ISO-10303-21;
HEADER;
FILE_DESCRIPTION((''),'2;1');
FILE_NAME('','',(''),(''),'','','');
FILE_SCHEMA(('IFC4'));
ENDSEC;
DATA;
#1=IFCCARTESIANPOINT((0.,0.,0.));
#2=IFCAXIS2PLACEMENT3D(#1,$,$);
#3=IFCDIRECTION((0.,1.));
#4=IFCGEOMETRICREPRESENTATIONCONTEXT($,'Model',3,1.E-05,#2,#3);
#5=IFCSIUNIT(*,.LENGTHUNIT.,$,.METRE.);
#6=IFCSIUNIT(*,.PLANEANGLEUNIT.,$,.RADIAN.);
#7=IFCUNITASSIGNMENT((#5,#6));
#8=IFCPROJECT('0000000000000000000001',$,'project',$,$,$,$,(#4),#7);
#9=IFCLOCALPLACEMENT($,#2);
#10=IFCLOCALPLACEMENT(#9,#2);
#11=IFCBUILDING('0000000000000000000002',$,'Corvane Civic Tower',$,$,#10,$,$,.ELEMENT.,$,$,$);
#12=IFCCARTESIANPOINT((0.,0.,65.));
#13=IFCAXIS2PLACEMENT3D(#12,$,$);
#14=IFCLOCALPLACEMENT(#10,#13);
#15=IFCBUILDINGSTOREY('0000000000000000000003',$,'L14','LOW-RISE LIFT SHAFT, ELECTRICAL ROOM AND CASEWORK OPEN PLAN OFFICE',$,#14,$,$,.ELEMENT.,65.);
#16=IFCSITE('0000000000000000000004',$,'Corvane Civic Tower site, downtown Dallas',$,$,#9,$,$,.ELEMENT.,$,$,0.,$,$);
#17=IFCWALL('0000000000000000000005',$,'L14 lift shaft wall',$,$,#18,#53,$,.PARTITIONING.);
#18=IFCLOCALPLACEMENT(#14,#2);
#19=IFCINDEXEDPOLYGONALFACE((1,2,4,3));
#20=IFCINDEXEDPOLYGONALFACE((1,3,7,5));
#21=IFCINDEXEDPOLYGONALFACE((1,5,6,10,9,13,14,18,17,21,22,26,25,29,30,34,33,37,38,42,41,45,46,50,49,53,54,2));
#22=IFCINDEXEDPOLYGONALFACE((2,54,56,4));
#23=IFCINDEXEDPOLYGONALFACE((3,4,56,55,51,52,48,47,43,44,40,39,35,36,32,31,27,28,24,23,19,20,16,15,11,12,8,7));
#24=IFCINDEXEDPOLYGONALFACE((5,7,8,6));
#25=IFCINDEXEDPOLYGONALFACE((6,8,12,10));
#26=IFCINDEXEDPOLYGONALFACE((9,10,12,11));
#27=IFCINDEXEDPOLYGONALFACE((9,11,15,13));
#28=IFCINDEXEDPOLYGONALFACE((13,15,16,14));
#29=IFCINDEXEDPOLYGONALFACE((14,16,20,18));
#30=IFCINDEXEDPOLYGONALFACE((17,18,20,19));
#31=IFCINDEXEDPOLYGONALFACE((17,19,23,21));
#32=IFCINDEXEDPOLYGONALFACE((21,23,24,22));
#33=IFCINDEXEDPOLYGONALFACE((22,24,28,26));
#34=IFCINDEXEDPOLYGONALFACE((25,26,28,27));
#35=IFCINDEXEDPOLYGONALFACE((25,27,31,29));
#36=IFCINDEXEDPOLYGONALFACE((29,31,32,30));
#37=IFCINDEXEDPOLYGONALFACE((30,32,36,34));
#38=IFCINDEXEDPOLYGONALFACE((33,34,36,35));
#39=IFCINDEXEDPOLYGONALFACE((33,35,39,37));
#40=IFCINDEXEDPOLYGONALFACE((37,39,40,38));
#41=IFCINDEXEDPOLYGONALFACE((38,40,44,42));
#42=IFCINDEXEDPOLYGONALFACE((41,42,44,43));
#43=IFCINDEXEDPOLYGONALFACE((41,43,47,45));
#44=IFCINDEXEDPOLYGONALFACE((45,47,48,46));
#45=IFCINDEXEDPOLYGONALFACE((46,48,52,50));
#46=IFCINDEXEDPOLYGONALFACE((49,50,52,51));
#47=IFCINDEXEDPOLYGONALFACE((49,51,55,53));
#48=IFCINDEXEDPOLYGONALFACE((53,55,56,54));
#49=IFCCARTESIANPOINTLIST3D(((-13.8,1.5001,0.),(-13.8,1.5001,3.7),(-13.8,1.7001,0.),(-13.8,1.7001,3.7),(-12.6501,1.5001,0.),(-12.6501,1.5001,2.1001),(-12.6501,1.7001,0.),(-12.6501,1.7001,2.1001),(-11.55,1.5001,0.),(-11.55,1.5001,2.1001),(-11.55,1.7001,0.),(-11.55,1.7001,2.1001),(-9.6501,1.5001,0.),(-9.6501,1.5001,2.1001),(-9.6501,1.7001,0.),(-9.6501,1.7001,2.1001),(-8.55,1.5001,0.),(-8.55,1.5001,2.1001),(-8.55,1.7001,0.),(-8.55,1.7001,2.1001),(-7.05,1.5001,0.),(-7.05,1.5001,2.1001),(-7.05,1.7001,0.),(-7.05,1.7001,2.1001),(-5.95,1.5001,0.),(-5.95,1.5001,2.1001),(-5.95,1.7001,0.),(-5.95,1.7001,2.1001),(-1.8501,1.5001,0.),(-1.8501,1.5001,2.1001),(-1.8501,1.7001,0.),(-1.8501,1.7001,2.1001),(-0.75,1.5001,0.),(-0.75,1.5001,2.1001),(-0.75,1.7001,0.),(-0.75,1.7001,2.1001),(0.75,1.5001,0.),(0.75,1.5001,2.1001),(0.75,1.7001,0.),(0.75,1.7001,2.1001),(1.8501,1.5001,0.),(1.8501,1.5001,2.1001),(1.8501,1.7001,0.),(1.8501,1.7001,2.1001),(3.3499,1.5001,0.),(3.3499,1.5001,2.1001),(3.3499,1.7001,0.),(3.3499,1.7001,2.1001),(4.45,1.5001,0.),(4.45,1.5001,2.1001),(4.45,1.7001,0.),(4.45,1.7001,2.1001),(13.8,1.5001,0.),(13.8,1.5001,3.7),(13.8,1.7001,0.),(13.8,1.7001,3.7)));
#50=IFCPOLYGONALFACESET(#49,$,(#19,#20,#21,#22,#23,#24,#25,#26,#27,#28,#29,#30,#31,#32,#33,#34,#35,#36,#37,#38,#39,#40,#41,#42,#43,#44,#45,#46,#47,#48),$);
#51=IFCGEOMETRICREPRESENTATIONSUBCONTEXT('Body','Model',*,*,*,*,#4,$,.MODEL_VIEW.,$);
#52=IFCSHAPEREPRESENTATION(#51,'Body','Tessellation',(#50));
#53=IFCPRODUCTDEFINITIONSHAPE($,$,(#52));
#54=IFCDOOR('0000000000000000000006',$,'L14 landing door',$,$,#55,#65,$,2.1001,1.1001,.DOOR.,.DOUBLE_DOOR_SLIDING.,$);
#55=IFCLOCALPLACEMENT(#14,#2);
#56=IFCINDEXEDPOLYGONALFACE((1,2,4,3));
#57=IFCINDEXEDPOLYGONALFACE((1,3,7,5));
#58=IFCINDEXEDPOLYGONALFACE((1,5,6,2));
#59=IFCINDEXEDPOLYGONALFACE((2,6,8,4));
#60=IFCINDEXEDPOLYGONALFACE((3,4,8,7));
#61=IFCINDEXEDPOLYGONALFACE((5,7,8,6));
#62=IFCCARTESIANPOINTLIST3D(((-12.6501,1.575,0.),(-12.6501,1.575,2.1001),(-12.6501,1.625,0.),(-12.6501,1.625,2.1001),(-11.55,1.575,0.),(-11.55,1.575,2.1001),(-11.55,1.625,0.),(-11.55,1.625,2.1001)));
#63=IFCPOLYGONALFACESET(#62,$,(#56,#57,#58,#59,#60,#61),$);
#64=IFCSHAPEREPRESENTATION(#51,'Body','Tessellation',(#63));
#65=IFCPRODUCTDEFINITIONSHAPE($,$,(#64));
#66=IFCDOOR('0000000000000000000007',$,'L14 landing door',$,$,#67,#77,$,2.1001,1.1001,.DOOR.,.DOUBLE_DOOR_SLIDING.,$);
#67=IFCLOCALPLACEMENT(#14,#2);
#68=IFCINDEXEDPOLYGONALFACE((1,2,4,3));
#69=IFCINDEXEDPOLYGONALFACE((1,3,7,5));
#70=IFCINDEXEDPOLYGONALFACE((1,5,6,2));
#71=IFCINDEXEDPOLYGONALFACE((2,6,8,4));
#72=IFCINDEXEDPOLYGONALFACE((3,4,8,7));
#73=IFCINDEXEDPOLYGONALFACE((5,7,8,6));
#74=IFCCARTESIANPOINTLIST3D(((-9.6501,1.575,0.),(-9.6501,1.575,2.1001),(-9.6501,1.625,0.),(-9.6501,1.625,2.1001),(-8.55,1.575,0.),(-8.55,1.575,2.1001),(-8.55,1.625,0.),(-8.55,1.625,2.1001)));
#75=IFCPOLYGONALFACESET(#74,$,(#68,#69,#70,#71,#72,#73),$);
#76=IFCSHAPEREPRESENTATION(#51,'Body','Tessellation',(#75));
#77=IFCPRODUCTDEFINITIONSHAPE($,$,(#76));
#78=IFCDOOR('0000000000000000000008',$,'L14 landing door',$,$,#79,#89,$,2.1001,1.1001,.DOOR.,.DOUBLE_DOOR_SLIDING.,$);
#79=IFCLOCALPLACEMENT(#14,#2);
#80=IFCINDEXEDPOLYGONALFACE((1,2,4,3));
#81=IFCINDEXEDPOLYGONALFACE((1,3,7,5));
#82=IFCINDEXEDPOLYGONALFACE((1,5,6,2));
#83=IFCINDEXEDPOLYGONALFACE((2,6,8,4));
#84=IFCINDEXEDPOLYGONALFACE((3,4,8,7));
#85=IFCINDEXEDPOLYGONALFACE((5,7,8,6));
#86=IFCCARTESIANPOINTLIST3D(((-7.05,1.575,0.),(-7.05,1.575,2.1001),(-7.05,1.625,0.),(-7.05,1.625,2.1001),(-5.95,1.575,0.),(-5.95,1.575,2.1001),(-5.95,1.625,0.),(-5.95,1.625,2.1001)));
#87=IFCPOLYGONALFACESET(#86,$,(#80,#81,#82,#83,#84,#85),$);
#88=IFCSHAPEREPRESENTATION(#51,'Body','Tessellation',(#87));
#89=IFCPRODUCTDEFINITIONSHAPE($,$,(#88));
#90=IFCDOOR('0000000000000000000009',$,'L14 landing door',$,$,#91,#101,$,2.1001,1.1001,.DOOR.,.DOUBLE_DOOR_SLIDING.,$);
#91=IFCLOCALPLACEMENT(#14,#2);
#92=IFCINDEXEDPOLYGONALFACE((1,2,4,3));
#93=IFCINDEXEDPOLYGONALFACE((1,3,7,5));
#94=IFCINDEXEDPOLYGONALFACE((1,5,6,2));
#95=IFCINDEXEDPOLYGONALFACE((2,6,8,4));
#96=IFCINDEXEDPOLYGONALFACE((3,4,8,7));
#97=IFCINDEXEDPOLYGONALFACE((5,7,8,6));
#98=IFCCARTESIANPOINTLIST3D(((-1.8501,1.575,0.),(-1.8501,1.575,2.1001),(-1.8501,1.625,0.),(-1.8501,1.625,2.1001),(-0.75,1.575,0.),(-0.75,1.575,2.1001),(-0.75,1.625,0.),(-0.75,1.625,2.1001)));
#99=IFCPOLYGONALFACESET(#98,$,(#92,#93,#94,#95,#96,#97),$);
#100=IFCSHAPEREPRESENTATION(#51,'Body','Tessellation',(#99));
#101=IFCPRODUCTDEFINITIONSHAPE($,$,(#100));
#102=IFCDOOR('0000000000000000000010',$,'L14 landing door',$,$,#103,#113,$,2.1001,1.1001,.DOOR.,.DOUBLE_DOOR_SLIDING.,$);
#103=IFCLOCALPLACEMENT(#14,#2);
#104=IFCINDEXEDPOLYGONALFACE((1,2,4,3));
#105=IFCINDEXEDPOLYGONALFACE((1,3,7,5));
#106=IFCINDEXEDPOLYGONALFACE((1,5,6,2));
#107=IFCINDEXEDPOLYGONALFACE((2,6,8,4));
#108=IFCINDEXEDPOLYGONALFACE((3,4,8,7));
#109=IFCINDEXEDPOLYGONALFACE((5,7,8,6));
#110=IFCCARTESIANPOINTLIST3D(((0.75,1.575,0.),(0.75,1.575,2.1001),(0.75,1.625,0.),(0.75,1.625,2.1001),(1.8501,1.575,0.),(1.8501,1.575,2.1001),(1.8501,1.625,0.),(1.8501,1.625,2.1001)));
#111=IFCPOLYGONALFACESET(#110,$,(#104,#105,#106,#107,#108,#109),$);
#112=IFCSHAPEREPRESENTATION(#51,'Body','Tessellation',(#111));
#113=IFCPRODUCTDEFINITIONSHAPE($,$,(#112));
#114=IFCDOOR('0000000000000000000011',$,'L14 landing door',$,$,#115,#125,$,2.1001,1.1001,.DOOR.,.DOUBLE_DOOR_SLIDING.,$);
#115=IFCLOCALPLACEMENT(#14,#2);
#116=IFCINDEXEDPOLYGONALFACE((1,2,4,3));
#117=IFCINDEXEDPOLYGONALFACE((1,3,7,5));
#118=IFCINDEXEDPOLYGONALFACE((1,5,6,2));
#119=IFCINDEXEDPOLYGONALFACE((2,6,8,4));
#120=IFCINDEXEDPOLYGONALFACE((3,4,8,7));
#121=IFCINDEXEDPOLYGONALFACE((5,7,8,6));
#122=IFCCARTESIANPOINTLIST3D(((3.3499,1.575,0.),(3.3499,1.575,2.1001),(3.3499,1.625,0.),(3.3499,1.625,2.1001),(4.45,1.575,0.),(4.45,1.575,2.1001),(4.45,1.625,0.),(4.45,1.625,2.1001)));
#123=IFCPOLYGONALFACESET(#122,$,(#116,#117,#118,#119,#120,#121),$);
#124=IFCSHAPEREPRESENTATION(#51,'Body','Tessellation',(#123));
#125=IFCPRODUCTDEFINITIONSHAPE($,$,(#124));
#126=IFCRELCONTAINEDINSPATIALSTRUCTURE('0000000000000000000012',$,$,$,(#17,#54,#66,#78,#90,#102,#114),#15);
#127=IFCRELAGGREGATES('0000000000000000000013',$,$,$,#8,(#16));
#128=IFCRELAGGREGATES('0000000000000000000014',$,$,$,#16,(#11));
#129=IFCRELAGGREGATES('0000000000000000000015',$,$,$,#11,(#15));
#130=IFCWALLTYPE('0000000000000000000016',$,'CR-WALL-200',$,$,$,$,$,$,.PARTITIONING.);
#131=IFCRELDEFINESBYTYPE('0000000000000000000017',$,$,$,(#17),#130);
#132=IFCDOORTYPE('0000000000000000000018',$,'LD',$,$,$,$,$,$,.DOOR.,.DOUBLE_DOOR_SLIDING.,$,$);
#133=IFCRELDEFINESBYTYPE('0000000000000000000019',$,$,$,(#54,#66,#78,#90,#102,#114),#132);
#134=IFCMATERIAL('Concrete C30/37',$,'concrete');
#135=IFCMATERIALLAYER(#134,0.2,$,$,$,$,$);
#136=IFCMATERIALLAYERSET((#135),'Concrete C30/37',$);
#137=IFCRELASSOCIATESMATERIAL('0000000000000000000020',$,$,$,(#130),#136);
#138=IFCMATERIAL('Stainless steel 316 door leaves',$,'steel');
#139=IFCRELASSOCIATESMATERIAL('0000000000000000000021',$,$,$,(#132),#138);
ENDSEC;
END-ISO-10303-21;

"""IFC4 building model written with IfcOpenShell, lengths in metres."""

from ifc_helpers import new_model, si_unit, direction, frame, frame_2d, origin, place, context, subcontext, project, spatial, rectangle, extrude, material, layer, layer_set, type_object, element, fill, save


model = new_model("IFC4")

# Units and contexts
model_context = context("Model", 3, precision=1e-05, world=origin(), true_north=direction((0.0, 1.0)))
body_context = subcontext(model_context, "Body", "Model", "MODEL_VIEW")
ifc_project = project(units=[si_unit("LENGTHUNIT", "METRE"), si_unit("PLANEANGLEUNIT", "RADIAN")], contexts=[model_context])

# Site, building, storey
site_placement = place(None, origin())
site = spatial("IfcSite", under=ifc_project, at=site_placement, Name="Corvane Civic Tower site, downtown Dallas", CompositionType="ELEMENT", RefElevation=0.0)
building_placement = place(site_placement, origin())
building = spatial("IfcBuilding", under=site, at=building_placement, Name="Corvane Civic Tower", CompositionType="ELEMENT")
storey_placement = place(building_placement, frame((0.0, 0.0, 65.0)))
storey = spatial("IfcBuildingStorey", under=building, at=storey_placement, Name="L14", Description="LOW-RISE LIFT SHAFT, ELECTRICAL ROOM AND CASEWORK OPEN PLAN OFFICE", CompositionType="ELEMENT", Elevation=65.0)

# Wall, openings, doors
ifc_material_1 = material(Name="Concrete C30/37", Category="concrete")
ifc_layer_1 = layer(ifc_material_1, 0.2)
ifc_layer_set_1 = layer_set([ifc_layer_1], Name="Concrete C30/37")
wall_type_1 = type_object("IfcWallType", Name="CR-WALL-200", PredefinedType="PARTITIONING", material=ifc_layer_set_1)
wall_1_placement = place(storey_placement, frame((-13.8, 1.6001, 0.0), z_axis=(0.0, 0.0, 1.0), x_axis=(1.0, 0.0, 0.0)))
wall_1 = element("IfcWall", 1, at=wall_1_placement, inside=storey, type_object=wall_type_1, Name="L14 lift shaft wall", PredefinedType="PARTITIONING", context=body_context, shape_type="SweptSolid", body=[
    extrude(rectangle(XDim=27.6001, YDim=0.2, at=frame_2d((13.8, 0.0))), origin(), (0.0, 0.0, 1.0), 3.7),
])
opening_1_placement = place(wall_1_placement, frame((1.1499, 0.0, 0.0)))
opening_1 = element("IfcOpeningElement", 2, at=opening_1_placement, cuts=wall_1, PredefinedType="OPENING", context=body_context, shape_type="SweptSolid", body=[
    extrude(rectangle(XDim=1.1001, YDim=2.1001, at=frame_2d((0.55, 1.05))), frame((0.0, 0.1099, 0.0), z_axis=(0.0, -1.0, 0.0), x_axis=(1.0, 0.0, 0.0)), (0.0, 0.0, 1.0), 0.22),
])
opening_2_placement = place(wall_1_placement, frame((4.1499, 0.0, 0.0)))
opening_2 = element("IfcOpeningElement", 3, at=opening_2_placement, cuts=wall_1, PredefinedType="OPENING", context=body_context, shape_type="SweptSolid", body=[
    extrude(rectangle(XDim=1.1001, YDim=2.1001, at=frame_2d((0.55, 1.05))), frame((0.0, 0.1099, 0.0), z_axis=(0.0, -1.0, 0.0), x_axis=(1.0, 0.0, 0.0)), (0.0, 0.0, 1.0), 0.22),
])
opening_3_placement = place(wall_1_placement, frame((6.75, 0.0, 0.0)))
opening_3 = element("IfcOpeningElement", 4, at=opening_3_placement, cuts=wall_1, PredefinedType="OPENING", context=body_context, shape_type="SweptSolid", body=[
    extrude(rectangle(XDim=1.1001, YDim=2.1001, at=frame_2d((0.55, 1.05))), frame((0.0, 0.1099, 0.0), z_axis=(0.0, -1.0, 0.0), x_axis=(1.0, 0.0, 0.0)), (0.0, 0.0, 1.0), 0.22),
])
opening_4_placement = place(wall_1_placement, frame((11.95, 0.0, 0.0)))
opening_4 = element("IfcOpeningElement", 5, at=opening_4_placement, cuts=wall_1, PredefinedType="OPENING", context=body_context, shape_type="SweptSolid", body=[
    extrude(rectangle(XDim=1.1001, YDim=2.1001, at=frame_2d((0.55, 1.05))), frame((0.0, 0.1099, 0.0), z_axis=(0.0, -1.0, 0.0), x_axis=(1.0, 0.0, 0.0)), (0.0, 0.0, 1.0), 0.22),
])
opening_5_placement = place(wall_1_placement, frame((14.55, 0.0, 0.0)))
opening_5 = element("IfcOpeningElement", 6, at=opening_5_placement, cuts=wall_1, PredefinedType="OPENING", context=body_context, shape_type="SweptSolid", body=[
    extrude(rectangle(XDim=1.1001, YDim=2.1001, at=frame_2d((0.55, 1.05))), frame((0.0, 0.1099, 0.0), z_axis=(0.0, -1.0, 0.0), x_axis=(1.0, 0.0, 0.0)), (0.0, 0.0, 1.0), 0.22),
])
opening_6_placement = place(wall_1_placement, frame((17.1499, 0.0, 0.0)))
opening_6 = element("IfcOpeningElement", 7, at=opening_6_placement, cuts=wall_1, PredefinedType="OPENING", context=body_context, shape_type="SweptSolid", body=[
    extrude(rectangle(XDim=1.1001, YDim=2.1001, at=frame_2d((0.55, 1.05))), frame((0.0, 0.1099, 0.0), z_axis=(0.0, -1.0, 0.0), x_axis=(1.0, 0.0, 0.0)), (0.0, 0.0, 1.0), 0.22),
])
ifc_material_2 = material(Name="Stainless steel 316 door leaves", Category="steel")
door_type_1 = type_object("IfcDoorType", Name="LD", OperationType="DOUBLE_DOOR_SLIDING", PredefinedType="DOOR", material=ifc_material_2)
door_1_placement = place(opening_1_placement, origin())
door_1 = element("IfcDoor", 8, at=door_1_placement, inside=storey, type_object=door_type_1, Name="L14 landing door", OperationType="DOUBLE_DOOR_SLIDING", OverallHeight=2.1001, OverallWidth=1.1001, PredefinedType="DOOR", context=body_context, shape_type="SweptSolid", body=[
    extrude(rectangle(XDim=1.1001, YDim=2.1001, at=frame_2d((0.55, 1.05))), frame((0.0, 0.0249, 0.0), z_axis=(0.0, -1.0, 0.0), x_axis=(1.0, 0.0, 0.0)), (0.0, 0.0, 1.0), 0.05),
])
fill(opening_1, door_1)
door_2_placement = place(opening_2_placement, origin())
door_2 = element("IfcDoor", 9, at=door_2_placement, inside=storey, type_object=door_type_1, Name="L14 landing door", OperationType="DOUBLE_DOOR_SLIDING", OverallHeight=2.1001, OverallWidth=1.1001, PredefinedType="DOOR", context=body_context, shape_type="SweptSolid", body=[
    extrude(rectangle(XDim=1.1001, YDim=2.1001, at=frame_2d((0.55, 1.05))), frame((0.0, 0.0249, 0.0), z_axis=(0.0, -1.0, 0.0), x_axis=(1.0, 0.0, 0.0)), (0.0, 0.0, 1.0), 0.05),
])
fill(opening_2, door_2)
door_3_placement = place(opening_3_placement, origin())
door_3 = element("IfcDoor", 10, at=door_3_placement, inside=storey, type_object=door_type_1, Name="L14 landing door", OperationType="DOUBLE_DOOR_SLIDING", OverallHeight=2.1001, OverallWidth=1.1001, PredefinedType="DOOR", context=body_context, shape_type="SweptSolid", body=[
    extrude(rectangle(XDim=1.1001, YDim=2.1001, at=frame_2d((0.55, 1.05))), frame((0.0, 0.0249, 0.0), z_axis=(0.0, -1.0, 0.0), x_axis=(1.0, 0.0, 0.0)), (0.0, 0.0, 1.0), 0.05),
])
fill(opening_3, door_3)
door_4_placement = place(opening_4_placement, origin())
door_4 = element("IfcDoor", 11, at=door_4_placement, inside=storey, type_object=door_type_1, Name="L14 landing door", OperationType="DOUBLE_DOOR_SLIDING", OverallHeight=2.1001, OverallWidth=1.1001, PredefinedType="DOOR", context=body_context, shape_type="SweptSolid", body=[
    extrude(rectangle(XDim=1.1001, YDim=2.1001, at=frame_2d((0.55, 1.05))), frame((0.0, 0.0249, 0.0), z_axis=(0.0, -1.0, 0.0), x_axis=(1.0, 0.0, 0.0)), (0.0, 0.0, 1.0), 0.05),
])
fill(opening_4, door_4)
door_5_placement = place(opening_5_placement, origin())
door_5 = element("IfcDoor", 12, at=door_5_placement, inside=storey, type_object=door_type_1, Name="L14 landing door", OperationType="DOUBLE_DOOR_SLIDING", OverallHeight=2.1001, OverallWidth=1.1001, PredefinedType="DOOR", context=body_context, shape_type="SweptSolid", body=[
    extrude(rectangle(XDim=1.1001, YDim=2.1001, at=frame_2d((0.55, 1.05))), frame((0.0, 0.0249, 0.0), z_axis=(0.0, -1.0, 0.0), x_axis=(1.0, 0.0, 0.0)), (0.0, 0.0, 1.0), 0.05),
])
fill(opening_5, door_5)
door_6_placement = place(opening_6_placement, origin())
door_6 = element("IfcDoor", 13, at=door_6_placement, inside=storey, type_object=door_type_1, Name="L14 landing door", OperationType="DOUBLE_DOOR_SLIDING", OverallHeight=2.1001, OverallWidth=1.1001, PredefinedType="DOOR", context=body_context, shape_type="SweptSolid", body=[
    extrude(rectangle(XDim=1.1001, YDim=2.1001, at=frame_2d((0.55, 1.05))), frame((0.0, 0.0249, 0.0), z_axis=(0.0, -1.0, 0.0), x_axis=(1.0, 0.0, 0.0)), (0.0, 0.0, 1.0), 0.05),
])
fill(opening_6, door_6)

save(model, "model.ifc")
